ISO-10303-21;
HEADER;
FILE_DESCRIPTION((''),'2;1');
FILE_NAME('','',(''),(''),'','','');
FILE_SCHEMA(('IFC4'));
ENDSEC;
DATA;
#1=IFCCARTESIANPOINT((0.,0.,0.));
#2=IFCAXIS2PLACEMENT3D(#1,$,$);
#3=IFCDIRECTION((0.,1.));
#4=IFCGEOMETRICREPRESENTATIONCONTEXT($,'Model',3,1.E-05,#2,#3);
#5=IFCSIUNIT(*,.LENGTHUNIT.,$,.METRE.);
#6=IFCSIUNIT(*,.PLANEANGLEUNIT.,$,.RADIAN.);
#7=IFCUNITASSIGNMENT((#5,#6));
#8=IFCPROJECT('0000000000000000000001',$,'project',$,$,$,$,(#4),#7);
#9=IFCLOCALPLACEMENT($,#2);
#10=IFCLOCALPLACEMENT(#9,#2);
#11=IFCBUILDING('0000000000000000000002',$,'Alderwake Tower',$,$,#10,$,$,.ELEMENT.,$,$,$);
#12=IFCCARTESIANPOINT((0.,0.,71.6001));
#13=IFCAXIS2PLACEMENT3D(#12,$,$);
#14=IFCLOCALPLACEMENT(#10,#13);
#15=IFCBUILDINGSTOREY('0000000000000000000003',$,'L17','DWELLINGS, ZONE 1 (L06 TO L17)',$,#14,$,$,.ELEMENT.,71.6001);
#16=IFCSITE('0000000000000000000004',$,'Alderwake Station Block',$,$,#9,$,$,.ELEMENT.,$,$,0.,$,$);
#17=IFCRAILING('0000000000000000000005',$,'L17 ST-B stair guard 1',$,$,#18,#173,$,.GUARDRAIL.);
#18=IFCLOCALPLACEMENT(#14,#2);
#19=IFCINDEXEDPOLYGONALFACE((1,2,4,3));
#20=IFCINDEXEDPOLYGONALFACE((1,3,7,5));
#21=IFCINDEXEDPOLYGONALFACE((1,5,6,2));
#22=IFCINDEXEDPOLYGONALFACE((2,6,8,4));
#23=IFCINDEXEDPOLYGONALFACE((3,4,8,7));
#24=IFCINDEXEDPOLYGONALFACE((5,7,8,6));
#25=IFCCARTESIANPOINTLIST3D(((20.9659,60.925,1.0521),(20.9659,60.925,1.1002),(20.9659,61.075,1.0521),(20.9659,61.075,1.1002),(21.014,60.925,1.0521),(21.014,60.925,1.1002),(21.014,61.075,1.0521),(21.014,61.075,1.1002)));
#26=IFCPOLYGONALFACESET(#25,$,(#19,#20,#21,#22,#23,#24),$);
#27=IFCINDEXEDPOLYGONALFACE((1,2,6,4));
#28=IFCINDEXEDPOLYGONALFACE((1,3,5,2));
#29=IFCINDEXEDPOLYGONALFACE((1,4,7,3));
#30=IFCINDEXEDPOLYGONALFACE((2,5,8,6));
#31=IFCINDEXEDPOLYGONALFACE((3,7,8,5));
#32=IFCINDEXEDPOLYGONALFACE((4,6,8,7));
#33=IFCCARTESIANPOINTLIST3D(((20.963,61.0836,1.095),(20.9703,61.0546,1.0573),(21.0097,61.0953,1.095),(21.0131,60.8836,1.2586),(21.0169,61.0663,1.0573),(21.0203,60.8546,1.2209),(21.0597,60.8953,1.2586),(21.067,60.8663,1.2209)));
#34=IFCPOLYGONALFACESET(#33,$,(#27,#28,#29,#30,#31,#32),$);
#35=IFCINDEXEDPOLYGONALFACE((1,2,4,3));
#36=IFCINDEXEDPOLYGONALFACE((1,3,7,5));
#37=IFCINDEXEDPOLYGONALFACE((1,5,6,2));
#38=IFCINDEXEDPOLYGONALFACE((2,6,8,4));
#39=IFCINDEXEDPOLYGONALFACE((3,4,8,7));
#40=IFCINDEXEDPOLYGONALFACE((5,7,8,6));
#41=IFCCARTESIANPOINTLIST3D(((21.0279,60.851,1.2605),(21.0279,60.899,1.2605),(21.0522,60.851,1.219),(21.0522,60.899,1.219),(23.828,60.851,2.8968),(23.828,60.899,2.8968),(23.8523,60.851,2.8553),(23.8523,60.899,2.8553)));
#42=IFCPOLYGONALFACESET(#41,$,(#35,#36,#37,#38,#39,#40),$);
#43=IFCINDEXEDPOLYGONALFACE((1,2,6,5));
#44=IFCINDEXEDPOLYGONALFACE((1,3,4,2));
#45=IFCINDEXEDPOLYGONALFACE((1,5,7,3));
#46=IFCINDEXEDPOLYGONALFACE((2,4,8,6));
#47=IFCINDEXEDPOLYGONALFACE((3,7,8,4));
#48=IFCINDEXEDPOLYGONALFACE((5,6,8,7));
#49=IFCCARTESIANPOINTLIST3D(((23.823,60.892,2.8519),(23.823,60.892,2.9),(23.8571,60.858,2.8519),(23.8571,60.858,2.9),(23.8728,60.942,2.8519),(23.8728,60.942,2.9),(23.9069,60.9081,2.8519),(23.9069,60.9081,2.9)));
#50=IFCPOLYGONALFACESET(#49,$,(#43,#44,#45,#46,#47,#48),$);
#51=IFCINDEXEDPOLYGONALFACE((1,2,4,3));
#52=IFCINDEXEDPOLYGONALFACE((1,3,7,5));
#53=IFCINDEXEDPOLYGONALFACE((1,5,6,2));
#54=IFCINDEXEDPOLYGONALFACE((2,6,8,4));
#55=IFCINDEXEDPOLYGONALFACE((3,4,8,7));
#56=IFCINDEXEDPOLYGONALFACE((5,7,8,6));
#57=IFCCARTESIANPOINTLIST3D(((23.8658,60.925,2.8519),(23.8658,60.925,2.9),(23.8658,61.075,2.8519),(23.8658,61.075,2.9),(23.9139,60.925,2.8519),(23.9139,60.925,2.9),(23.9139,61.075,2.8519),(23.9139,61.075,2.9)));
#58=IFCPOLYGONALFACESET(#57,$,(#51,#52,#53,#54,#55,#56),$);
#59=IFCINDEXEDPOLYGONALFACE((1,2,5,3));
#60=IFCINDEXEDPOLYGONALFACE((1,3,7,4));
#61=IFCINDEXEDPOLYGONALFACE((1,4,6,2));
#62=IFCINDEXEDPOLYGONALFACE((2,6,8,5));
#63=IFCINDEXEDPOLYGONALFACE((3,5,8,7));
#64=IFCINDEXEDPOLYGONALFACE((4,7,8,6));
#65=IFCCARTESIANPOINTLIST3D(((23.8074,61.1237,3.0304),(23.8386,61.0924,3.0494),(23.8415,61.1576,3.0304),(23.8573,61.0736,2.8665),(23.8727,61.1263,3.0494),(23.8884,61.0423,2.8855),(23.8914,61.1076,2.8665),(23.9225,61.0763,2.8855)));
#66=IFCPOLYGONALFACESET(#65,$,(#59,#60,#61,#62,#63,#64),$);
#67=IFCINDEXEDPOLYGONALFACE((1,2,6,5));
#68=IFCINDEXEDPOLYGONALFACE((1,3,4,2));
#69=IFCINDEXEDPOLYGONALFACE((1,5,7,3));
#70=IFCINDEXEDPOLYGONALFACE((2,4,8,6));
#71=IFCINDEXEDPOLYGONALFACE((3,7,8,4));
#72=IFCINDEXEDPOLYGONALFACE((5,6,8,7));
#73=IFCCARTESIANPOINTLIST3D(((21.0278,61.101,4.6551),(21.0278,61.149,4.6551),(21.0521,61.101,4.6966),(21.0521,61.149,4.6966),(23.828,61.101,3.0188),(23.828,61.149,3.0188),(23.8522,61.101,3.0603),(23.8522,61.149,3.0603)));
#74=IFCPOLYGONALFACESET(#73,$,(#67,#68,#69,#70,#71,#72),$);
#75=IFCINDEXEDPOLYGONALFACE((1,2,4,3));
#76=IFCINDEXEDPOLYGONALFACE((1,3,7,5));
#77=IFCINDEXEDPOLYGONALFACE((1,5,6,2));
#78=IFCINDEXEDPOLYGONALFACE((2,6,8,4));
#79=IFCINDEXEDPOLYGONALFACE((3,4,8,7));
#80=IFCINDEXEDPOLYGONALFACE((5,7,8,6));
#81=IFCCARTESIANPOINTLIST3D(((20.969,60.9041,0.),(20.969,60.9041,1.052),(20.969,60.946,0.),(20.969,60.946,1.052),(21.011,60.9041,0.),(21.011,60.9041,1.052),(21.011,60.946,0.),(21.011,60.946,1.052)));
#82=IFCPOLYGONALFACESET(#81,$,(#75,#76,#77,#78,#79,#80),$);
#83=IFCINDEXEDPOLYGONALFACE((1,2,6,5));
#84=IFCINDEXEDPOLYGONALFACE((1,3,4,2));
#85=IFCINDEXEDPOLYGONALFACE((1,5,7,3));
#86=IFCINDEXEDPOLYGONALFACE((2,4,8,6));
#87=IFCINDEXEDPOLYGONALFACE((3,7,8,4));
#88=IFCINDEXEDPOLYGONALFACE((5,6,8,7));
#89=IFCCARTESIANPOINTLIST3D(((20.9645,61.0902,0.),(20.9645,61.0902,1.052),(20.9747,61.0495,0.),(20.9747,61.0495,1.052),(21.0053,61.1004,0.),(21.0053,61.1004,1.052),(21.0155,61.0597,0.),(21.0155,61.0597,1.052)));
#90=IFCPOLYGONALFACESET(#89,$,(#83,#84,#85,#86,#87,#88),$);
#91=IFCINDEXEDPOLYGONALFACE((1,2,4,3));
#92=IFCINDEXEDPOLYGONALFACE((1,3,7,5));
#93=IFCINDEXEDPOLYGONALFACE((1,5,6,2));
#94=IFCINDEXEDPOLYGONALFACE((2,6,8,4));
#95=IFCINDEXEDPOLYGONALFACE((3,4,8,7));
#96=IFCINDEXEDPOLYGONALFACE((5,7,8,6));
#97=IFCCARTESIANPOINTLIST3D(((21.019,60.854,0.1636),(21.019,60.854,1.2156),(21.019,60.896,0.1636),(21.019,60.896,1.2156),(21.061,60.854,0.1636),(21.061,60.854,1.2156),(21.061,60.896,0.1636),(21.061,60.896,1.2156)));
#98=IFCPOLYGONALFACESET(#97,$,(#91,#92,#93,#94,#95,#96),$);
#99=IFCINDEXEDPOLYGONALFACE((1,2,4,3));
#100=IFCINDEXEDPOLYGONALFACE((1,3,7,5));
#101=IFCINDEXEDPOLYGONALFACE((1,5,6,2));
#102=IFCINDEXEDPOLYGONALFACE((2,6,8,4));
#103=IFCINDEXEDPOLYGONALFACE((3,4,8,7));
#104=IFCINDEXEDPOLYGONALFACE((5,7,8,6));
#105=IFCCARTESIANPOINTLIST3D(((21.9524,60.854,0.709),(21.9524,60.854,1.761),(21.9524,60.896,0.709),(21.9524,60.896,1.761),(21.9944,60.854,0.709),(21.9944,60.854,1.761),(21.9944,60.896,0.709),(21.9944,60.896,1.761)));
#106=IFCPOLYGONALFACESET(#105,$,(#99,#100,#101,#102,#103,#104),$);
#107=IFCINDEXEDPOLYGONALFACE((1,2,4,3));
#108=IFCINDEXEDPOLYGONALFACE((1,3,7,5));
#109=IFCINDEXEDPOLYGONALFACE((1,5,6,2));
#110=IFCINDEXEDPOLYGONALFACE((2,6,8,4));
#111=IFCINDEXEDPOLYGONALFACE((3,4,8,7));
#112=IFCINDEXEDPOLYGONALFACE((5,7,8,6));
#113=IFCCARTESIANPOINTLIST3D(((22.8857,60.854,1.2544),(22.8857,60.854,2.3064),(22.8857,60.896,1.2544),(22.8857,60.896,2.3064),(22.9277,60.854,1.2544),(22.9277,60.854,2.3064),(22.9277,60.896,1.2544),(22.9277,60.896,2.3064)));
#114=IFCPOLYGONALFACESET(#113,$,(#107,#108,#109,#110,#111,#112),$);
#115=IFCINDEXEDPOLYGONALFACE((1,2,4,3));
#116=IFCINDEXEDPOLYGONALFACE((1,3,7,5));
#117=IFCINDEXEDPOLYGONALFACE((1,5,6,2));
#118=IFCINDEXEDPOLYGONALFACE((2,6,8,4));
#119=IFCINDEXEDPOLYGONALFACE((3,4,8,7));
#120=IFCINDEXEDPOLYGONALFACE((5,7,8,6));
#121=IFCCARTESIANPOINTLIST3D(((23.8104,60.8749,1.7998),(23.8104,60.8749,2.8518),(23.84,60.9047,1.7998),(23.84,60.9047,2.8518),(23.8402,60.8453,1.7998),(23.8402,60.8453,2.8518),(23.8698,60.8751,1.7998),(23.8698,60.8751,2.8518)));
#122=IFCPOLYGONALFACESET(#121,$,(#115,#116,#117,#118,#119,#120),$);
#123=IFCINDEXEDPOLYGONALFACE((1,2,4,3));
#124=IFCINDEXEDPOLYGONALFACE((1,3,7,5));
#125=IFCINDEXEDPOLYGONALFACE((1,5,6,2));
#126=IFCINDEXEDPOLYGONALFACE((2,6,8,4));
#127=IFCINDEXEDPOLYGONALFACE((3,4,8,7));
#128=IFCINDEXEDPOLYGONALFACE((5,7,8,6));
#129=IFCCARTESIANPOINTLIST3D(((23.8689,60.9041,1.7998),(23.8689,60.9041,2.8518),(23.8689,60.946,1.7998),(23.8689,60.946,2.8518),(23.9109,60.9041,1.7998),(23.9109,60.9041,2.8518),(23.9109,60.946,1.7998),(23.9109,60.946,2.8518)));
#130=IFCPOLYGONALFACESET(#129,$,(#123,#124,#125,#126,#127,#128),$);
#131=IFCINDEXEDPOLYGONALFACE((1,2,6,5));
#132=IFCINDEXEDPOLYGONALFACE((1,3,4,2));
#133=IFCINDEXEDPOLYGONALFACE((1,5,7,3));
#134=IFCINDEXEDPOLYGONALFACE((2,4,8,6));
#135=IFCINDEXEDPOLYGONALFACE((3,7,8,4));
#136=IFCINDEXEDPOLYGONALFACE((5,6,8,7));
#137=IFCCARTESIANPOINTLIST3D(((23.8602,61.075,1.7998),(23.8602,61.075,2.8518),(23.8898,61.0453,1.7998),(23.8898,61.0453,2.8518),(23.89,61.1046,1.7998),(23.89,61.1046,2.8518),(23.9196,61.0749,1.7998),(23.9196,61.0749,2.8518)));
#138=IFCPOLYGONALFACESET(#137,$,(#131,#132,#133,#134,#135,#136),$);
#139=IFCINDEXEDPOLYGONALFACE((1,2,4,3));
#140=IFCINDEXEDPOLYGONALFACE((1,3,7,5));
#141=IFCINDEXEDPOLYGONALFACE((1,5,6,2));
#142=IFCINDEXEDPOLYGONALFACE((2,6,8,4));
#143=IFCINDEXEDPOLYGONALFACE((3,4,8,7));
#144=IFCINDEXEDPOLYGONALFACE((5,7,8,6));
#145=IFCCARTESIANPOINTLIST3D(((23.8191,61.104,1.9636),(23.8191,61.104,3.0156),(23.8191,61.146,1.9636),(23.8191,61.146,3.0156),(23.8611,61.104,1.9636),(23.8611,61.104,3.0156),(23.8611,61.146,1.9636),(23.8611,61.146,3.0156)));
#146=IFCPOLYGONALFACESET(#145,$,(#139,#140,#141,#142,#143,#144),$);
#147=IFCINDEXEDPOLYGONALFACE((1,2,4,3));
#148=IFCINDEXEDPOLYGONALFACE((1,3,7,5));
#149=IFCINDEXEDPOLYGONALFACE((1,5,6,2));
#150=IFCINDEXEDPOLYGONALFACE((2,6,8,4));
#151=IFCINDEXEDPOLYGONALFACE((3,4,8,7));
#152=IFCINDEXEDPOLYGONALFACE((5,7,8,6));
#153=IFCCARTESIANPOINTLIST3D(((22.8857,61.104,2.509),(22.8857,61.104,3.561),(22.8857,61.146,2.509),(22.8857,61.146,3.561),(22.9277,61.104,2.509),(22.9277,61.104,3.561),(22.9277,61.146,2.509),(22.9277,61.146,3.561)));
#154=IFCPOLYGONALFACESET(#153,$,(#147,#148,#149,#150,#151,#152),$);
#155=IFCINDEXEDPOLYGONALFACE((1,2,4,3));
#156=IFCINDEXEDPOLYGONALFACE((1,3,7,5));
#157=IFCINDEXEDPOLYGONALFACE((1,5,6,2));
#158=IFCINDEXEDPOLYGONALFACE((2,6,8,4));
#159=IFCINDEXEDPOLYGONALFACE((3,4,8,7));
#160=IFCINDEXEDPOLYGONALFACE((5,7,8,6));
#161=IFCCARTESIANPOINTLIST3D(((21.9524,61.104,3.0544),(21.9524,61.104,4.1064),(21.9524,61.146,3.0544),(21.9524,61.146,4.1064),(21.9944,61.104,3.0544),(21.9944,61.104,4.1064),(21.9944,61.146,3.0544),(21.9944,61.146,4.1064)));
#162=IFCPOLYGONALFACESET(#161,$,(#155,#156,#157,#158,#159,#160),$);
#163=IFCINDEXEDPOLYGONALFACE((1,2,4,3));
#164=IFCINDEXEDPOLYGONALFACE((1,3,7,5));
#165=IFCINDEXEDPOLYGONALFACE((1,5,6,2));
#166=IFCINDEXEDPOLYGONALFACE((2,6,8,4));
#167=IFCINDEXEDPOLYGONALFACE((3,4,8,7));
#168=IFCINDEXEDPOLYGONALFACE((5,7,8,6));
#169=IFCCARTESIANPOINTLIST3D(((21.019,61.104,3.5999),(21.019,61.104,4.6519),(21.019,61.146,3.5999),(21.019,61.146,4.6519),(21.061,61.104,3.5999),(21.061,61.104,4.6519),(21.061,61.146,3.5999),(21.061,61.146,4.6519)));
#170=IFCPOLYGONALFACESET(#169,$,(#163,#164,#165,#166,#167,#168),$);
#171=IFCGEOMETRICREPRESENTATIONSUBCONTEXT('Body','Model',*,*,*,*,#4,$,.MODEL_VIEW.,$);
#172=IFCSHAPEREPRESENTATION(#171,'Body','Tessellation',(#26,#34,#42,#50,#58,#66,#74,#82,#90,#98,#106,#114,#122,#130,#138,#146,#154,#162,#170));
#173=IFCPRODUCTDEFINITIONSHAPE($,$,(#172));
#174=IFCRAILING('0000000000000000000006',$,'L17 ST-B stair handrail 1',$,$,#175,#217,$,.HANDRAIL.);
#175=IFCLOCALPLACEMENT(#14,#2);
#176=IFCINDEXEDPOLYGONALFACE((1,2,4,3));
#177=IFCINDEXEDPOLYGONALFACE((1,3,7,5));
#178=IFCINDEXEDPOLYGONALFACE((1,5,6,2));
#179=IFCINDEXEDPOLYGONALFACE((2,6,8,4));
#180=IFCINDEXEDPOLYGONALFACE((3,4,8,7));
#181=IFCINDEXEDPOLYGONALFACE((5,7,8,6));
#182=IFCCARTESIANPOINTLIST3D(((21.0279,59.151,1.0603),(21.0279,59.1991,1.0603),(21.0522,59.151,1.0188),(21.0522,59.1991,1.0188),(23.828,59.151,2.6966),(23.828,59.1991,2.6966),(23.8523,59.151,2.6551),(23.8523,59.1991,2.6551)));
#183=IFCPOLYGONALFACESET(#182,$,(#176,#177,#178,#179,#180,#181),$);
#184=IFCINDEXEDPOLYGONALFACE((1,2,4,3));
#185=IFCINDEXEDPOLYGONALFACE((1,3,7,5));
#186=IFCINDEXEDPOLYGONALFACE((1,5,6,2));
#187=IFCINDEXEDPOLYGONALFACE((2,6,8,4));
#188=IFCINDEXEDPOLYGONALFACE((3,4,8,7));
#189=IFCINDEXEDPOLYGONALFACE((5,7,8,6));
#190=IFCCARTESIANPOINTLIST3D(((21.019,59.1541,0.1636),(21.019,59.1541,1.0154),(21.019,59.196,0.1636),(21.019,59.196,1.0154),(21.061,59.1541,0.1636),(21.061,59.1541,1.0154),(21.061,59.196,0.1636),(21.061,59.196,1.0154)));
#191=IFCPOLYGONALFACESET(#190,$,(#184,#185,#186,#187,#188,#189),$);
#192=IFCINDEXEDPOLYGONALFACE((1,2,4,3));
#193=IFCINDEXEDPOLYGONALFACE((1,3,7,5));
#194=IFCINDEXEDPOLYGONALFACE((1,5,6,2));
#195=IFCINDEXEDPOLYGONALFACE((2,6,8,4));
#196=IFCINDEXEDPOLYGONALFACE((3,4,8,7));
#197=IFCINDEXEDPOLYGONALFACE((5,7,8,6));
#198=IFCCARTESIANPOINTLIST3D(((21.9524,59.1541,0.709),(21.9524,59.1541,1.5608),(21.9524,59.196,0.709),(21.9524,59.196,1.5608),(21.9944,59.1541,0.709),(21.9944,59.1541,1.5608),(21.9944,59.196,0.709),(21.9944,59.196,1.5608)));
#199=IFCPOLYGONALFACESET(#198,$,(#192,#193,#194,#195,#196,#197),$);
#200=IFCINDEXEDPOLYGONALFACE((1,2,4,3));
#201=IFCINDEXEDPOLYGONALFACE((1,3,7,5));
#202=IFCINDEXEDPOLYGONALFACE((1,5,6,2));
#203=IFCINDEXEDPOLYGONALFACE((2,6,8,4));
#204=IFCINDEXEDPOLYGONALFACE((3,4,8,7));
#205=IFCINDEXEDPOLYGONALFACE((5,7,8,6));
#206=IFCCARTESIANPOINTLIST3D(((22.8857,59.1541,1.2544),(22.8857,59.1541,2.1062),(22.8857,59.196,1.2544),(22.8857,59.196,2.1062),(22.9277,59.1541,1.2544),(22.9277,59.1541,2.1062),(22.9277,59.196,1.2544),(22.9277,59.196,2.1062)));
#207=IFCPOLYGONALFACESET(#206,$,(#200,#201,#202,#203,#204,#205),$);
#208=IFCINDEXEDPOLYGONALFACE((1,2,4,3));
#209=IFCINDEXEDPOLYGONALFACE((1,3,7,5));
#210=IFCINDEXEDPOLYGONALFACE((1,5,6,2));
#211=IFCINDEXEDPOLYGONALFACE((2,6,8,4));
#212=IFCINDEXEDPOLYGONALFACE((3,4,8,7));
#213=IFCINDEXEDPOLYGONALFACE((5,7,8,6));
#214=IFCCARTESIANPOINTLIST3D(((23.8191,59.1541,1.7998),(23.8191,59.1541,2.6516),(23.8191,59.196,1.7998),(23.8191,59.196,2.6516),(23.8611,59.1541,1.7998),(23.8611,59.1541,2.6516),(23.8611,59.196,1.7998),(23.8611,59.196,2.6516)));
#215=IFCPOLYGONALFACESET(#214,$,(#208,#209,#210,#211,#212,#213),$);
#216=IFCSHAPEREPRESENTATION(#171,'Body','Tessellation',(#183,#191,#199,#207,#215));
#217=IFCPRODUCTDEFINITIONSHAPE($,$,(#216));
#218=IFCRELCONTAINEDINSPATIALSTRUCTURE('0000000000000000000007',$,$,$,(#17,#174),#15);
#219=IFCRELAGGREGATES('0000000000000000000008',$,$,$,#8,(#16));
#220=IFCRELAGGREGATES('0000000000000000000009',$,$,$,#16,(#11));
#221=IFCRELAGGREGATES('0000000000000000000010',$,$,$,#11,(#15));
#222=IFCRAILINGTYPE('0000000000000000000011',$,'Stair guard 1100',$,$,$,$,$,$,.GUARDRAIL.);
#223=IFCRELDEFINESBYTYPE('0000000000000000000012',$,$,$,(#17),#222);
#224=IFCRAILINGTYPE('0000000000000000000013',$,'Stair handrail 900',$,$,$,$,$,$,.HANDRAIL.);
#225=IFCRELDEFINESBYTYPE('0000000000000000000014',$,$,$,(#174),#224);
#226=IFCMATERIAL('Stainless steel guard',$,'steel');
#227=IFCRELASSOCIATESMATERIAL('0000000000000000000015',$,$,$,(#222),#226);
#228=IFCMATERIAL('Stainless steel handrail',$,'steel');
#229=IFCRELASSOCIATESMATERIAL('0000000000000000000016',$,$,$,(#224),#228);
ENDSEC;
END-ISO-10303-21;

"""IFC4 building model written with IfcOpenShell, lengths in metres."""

from ifc_helpers import new_model, si_unit, direction, frame, origin, origin_with_axes, origin_2d, place, context, subcontext, project, spatial, rectangle, extrude, material, type_object, element, save


model = new_model("IFC4")

# Units and contexts
model_context = context("Model", 3, precision=1e-05, world=origin(), true_north=direction((0.0, 1.0)))
body_context = subcontext(model_context, "Body", "Model", "MODEL_VIEW")
ifc_project = project(units=[si_unit("LENGTHUNIT", "METRE"), si_unit("PLANEANGLEUNIT", "RADIAN")], contexts=[model_context])

# Site, building, storey
site_placement = place(None, origin())
site = spatial("IfcSite", under=ifc_project, at=site_placement, Name="Alderwake Station Block", CompositionType="ELEMENT", RefElevation=0.0)
building_placement = place(site_placement, origin())
building = spatial("IfcBuilding", under=site, at=building_placement, Name="Alderwake Tower", CompositionType="ELEMENT")
storey_placement = place(building_placement, frame((0.0, 0.0, 71.6001)))
storey = spatial("IfcBuildingStorey", under=building, at=storey_placement, Name="L17", Description="DWELLINGS, ZONE 1 (L06 TO L17)", CompositionType="ELEMENT", Elevation=71.6001)

# Railings
ifc_material_1 = material(Name="Stainless steel guard", Category="steel")
railing_type_1 = type_object("IfcRailingType", Name="Stair guard 1100", PredefinedType="GUARDRAIL", material=ifc_material_1)
railing_1_placement = place(storey_placement, frame((20.99, 60.925, 0.0)))
element("IfcRailing", 1, at=railing_1_placement, inside=storey, type_object=railing_type_1, Name="L17 ST-B stair guard 1", PredefinedType="GUARDRAIL", context=body_context, shape_type="SweptSolid", body=[
    extrude(rectangle(XDim=0.0481, YDim=0.0481, at=origin_2d()), frame((0.0, 0.0, 1.0762), z_axis=(0.0, 1.0, 0.0), x_axis=(-1.0, 0.0, 0.0)), (0.0, 0.0, 1.0), 0.1499),
    extrude(rectangle(XDim=0.0481, YDim=0.0481, at=origin_2d()), frame((0.0, 0.1499, 1.0762), z_axis=(0.1902, -0.75987, 0.621628), x_axis=(0.970073, 0.242814, 0.0)), (0.0, 0.0, 1.0), 0.2632),
    extrude(rectangle(XDim=0.0481, YDim=0.0481, at=origin_2d()), frame((0.05, -0.05, 1.2397), z_axis=(0.863394, 0.0, 0.504531), x_axis=(0.0, 1.0, 0.0)), (0.0, 0.0, 1.0), 3.2432),
    extrude(rectangle(XDim=0.0481, YDim=0.0481, at=origin_2d()), frame((2.8501, -0.05, 2.876), z_axis=(0.705376, 0.708834, 0.0), x_axis=(-0.708834, 0.705376, 0.0)), (0.0, 0.0, 1.0), 0.0706),
    extrude(rectangle(XDim=0.0481, YDim=0.0481, at=origin_2d()), frame((2.8999, 0.0, 2.876), z_axis=(0.0, 1.0, 0.0), x_axis=(-1.0, 0.0, 0.0)), (0.0, 0.0, 1.0), 0.1499),
    extrude(rectangle(XDim=0.0481, YDim=0.0481, at=origin_2d()), frame((2.8999, 0.1499, 2.876), z_axis=(-0.279195, 0.280564, 0.918332), x_axis=(-0.708834, -0.705376, 0.0)), (0.0, 0.0, 1.0), 0.1785),
    extrude(rectangle(XDim=0.0481, YDim=0.0481, at=origin_2d()), frame((2.8501, 0.2, 3.0396), z_axis=(-0.863394, 0.0, 0.504531), x_axis=(0.0, -1.0, 0.0)), (0.0, 0.0, 1.0), 3.2432),
    extrude(rectangle(XDim=0.042, YDim=0.042, at=origin_2d()), frame((0.0, 0.0, 0.0), z_axis=(0.0, 0.0, 1.0), x_axis=(0.0, 1.0, 0.0)), (0.0, 0.0, 1.0), 1.052),
    extrude(rectangle(XDim=0.042, YDim=0.042, at=origin_2d()), frame((0.0, 0.1499, 0.0), z_axis=(0.0, 0.0, 1.0), x_axis=(0.242814, -0.970073, 0.0)), (0.0, 0.0, 1.0), 1.052),
    extrude(rectangle(XDim=0.042, YDim=0.042, at=origin_2d()), frame((0.05, -0.05, 0.1636), z_axis=(0.0, 0.0, 1.0), x_axis=(1.0, 0.0, 0.0)), (0.0, 0.0, 1.0), 1.052),
    extrude(rectangle(XDim=0.042, YDim=0.042, at=origin_2d()), frame((0.9834, -0.05, 0.709), z_axis=(0.0, 0.0, 1.0), x_axis=(1.0, 0.0, 0.0)), (0.0, 0.0, 1.0), 1.052),
    extrude(rectangle(XDim=0.042, YDim=0.042, at=origin_2d()), frame((1.9167, -0.05, 1.2544), z_axis=(0.0, 0.0, 1.0), x_axis=(1.0, 0.0, 0.0)), (0.0, 0.0, 1.0), 1.052),
    extrude(rectangle(XDim=0.042, YDim=0.042, at=origin_2d()), frame((2.8501, -0.05, 1.7998), z_axis=(0.0, 0.0, 1.0), x_axis=(0.705376, 0.708834, 0.0)), (0.0, 0.0, 1.0), 1.052),
    extrude(rectangle(XDim=0.042, YDim=0.042, at=origin_2d()), frame((2.8999, 0.0, 1.7998), z_axis=(0.0, 0.0, 1.0), x_axis=(0.0, 1.0, 0.0)), (0.0, 0.0, 1.0), 1.052),
    extrude(rectangle(XDim=0.042, YDim=0.042, at=origin_2d()), frame((2.8999, 0.1499, 1.7998), z_axis=(0.0, 0.0, 1.0), x_axis=(-0.705376, 0.708834, 0.0)), (0.0, 0.0, 1.0), 1.052),
    extrude(rectangle(XDim=0.042, YDim=0.042, at=origin_2d()), frame((2.8501, 0.2, 1.9636), z_axis=(0.0, 0.0, 1.0), x_axis=(-1.0, 0.0, 0.0)), (0.0, 0.0, 1.0), 1.052),
    extrude(rectangle(XDim=0.042, YDim=0.042, at=origin_2d()), frame((1.9167, 0.2, 2.509), z_axis=(0.0, 0.0, 1.0), x_axis=(-1.0, 0.0, 0.0)), (0.0, 0.0, 1.0), 1.052),
    extrude(rectangle(XDim=0.042, YDim=0.042, at=origin_2d()), frame((0.9834, 0.2, 3.0544), z_axis=(0.0, 0.0, 1.0), x_axis=(-1.0, 0.0, 0.0)), (0.0, 0.0, 1.0), 1.052),
    extrude(rectangle(XDim=0.042, YDim=0.042, at=origin_2d()), frame((0.05, 0.2, 3.5999), z_axis=(0.0, 0.0, 1.0), x_axis=(-1.0, 0.0, 0.0)), (0.0, 0.0, 1.0), 1.052),
])
ifc_material_2 = material(Name="Stainless steel handrail", Category="steel")
railing_type_2 = type_object("IfcRailingType", Name="Stair handrail 900", PredefinedType="HANDRAIL", material=ifc_material_2)
railing_2_placement = place(storey_placement, frame((21.04, 59.175, 0.1636)))
element("IfcRailing", 2, at=railing_2_placement, inside=storey, type_object=railing_type_2, Name="L17 ST-B stair handrail 1", PredefinedType="HANDRAIL", context=body_context, shape_type="SweptSolid", body=[
    extrude(rectangle(XDim=0.0481, YDim=0.0481, at=origin_2d()), frame((0.0, 0.0, 0.876), z_axis=(0.863394, 0.0, 0.504531), x_axis=(0.0, 1.0, 0.0)), (0.0, 0.0, 1.0), 3.2432),
    extrude(rectangle(XDim=0.042, YDim=0.042, at=origin_2d()), origin_with_axes(), (0.0, 0.0, 1.0), 0.8518),
    extrude(rectangle(XDim=0.042, YDim=0.042, at=origin_2d()), frame((0.9333, 0.0, 0.5454), z_axis=(0.0, 0.0, 1.0), x_axis=(1.0, 0.0, 0.0)), (0.0, 0.0, 1.0), 0.8518),
    extrude(rectangle(XDim=0.042, YDim=0.042, at=origin_2d()), frame((1.8667, 0.0, 1.0908), z_axis=(0.0, 0.0, 1.0), x_axis=(1.0, 0.0, 0.0)), (0.0, 0.0, 1.0), 0.8518),
    extrude(rectangle(XDim=0.042, YDim=0.042, at=origin_2d()), frame((2.8, 0.0, 1.6362), z_axis=(0.0, 0.0, 1.0), x_axis=(1.0, 0.0, 0.0)), (0.0, 0.0, 1.0), 0.8518),
])

save(model, "model.ifc")
